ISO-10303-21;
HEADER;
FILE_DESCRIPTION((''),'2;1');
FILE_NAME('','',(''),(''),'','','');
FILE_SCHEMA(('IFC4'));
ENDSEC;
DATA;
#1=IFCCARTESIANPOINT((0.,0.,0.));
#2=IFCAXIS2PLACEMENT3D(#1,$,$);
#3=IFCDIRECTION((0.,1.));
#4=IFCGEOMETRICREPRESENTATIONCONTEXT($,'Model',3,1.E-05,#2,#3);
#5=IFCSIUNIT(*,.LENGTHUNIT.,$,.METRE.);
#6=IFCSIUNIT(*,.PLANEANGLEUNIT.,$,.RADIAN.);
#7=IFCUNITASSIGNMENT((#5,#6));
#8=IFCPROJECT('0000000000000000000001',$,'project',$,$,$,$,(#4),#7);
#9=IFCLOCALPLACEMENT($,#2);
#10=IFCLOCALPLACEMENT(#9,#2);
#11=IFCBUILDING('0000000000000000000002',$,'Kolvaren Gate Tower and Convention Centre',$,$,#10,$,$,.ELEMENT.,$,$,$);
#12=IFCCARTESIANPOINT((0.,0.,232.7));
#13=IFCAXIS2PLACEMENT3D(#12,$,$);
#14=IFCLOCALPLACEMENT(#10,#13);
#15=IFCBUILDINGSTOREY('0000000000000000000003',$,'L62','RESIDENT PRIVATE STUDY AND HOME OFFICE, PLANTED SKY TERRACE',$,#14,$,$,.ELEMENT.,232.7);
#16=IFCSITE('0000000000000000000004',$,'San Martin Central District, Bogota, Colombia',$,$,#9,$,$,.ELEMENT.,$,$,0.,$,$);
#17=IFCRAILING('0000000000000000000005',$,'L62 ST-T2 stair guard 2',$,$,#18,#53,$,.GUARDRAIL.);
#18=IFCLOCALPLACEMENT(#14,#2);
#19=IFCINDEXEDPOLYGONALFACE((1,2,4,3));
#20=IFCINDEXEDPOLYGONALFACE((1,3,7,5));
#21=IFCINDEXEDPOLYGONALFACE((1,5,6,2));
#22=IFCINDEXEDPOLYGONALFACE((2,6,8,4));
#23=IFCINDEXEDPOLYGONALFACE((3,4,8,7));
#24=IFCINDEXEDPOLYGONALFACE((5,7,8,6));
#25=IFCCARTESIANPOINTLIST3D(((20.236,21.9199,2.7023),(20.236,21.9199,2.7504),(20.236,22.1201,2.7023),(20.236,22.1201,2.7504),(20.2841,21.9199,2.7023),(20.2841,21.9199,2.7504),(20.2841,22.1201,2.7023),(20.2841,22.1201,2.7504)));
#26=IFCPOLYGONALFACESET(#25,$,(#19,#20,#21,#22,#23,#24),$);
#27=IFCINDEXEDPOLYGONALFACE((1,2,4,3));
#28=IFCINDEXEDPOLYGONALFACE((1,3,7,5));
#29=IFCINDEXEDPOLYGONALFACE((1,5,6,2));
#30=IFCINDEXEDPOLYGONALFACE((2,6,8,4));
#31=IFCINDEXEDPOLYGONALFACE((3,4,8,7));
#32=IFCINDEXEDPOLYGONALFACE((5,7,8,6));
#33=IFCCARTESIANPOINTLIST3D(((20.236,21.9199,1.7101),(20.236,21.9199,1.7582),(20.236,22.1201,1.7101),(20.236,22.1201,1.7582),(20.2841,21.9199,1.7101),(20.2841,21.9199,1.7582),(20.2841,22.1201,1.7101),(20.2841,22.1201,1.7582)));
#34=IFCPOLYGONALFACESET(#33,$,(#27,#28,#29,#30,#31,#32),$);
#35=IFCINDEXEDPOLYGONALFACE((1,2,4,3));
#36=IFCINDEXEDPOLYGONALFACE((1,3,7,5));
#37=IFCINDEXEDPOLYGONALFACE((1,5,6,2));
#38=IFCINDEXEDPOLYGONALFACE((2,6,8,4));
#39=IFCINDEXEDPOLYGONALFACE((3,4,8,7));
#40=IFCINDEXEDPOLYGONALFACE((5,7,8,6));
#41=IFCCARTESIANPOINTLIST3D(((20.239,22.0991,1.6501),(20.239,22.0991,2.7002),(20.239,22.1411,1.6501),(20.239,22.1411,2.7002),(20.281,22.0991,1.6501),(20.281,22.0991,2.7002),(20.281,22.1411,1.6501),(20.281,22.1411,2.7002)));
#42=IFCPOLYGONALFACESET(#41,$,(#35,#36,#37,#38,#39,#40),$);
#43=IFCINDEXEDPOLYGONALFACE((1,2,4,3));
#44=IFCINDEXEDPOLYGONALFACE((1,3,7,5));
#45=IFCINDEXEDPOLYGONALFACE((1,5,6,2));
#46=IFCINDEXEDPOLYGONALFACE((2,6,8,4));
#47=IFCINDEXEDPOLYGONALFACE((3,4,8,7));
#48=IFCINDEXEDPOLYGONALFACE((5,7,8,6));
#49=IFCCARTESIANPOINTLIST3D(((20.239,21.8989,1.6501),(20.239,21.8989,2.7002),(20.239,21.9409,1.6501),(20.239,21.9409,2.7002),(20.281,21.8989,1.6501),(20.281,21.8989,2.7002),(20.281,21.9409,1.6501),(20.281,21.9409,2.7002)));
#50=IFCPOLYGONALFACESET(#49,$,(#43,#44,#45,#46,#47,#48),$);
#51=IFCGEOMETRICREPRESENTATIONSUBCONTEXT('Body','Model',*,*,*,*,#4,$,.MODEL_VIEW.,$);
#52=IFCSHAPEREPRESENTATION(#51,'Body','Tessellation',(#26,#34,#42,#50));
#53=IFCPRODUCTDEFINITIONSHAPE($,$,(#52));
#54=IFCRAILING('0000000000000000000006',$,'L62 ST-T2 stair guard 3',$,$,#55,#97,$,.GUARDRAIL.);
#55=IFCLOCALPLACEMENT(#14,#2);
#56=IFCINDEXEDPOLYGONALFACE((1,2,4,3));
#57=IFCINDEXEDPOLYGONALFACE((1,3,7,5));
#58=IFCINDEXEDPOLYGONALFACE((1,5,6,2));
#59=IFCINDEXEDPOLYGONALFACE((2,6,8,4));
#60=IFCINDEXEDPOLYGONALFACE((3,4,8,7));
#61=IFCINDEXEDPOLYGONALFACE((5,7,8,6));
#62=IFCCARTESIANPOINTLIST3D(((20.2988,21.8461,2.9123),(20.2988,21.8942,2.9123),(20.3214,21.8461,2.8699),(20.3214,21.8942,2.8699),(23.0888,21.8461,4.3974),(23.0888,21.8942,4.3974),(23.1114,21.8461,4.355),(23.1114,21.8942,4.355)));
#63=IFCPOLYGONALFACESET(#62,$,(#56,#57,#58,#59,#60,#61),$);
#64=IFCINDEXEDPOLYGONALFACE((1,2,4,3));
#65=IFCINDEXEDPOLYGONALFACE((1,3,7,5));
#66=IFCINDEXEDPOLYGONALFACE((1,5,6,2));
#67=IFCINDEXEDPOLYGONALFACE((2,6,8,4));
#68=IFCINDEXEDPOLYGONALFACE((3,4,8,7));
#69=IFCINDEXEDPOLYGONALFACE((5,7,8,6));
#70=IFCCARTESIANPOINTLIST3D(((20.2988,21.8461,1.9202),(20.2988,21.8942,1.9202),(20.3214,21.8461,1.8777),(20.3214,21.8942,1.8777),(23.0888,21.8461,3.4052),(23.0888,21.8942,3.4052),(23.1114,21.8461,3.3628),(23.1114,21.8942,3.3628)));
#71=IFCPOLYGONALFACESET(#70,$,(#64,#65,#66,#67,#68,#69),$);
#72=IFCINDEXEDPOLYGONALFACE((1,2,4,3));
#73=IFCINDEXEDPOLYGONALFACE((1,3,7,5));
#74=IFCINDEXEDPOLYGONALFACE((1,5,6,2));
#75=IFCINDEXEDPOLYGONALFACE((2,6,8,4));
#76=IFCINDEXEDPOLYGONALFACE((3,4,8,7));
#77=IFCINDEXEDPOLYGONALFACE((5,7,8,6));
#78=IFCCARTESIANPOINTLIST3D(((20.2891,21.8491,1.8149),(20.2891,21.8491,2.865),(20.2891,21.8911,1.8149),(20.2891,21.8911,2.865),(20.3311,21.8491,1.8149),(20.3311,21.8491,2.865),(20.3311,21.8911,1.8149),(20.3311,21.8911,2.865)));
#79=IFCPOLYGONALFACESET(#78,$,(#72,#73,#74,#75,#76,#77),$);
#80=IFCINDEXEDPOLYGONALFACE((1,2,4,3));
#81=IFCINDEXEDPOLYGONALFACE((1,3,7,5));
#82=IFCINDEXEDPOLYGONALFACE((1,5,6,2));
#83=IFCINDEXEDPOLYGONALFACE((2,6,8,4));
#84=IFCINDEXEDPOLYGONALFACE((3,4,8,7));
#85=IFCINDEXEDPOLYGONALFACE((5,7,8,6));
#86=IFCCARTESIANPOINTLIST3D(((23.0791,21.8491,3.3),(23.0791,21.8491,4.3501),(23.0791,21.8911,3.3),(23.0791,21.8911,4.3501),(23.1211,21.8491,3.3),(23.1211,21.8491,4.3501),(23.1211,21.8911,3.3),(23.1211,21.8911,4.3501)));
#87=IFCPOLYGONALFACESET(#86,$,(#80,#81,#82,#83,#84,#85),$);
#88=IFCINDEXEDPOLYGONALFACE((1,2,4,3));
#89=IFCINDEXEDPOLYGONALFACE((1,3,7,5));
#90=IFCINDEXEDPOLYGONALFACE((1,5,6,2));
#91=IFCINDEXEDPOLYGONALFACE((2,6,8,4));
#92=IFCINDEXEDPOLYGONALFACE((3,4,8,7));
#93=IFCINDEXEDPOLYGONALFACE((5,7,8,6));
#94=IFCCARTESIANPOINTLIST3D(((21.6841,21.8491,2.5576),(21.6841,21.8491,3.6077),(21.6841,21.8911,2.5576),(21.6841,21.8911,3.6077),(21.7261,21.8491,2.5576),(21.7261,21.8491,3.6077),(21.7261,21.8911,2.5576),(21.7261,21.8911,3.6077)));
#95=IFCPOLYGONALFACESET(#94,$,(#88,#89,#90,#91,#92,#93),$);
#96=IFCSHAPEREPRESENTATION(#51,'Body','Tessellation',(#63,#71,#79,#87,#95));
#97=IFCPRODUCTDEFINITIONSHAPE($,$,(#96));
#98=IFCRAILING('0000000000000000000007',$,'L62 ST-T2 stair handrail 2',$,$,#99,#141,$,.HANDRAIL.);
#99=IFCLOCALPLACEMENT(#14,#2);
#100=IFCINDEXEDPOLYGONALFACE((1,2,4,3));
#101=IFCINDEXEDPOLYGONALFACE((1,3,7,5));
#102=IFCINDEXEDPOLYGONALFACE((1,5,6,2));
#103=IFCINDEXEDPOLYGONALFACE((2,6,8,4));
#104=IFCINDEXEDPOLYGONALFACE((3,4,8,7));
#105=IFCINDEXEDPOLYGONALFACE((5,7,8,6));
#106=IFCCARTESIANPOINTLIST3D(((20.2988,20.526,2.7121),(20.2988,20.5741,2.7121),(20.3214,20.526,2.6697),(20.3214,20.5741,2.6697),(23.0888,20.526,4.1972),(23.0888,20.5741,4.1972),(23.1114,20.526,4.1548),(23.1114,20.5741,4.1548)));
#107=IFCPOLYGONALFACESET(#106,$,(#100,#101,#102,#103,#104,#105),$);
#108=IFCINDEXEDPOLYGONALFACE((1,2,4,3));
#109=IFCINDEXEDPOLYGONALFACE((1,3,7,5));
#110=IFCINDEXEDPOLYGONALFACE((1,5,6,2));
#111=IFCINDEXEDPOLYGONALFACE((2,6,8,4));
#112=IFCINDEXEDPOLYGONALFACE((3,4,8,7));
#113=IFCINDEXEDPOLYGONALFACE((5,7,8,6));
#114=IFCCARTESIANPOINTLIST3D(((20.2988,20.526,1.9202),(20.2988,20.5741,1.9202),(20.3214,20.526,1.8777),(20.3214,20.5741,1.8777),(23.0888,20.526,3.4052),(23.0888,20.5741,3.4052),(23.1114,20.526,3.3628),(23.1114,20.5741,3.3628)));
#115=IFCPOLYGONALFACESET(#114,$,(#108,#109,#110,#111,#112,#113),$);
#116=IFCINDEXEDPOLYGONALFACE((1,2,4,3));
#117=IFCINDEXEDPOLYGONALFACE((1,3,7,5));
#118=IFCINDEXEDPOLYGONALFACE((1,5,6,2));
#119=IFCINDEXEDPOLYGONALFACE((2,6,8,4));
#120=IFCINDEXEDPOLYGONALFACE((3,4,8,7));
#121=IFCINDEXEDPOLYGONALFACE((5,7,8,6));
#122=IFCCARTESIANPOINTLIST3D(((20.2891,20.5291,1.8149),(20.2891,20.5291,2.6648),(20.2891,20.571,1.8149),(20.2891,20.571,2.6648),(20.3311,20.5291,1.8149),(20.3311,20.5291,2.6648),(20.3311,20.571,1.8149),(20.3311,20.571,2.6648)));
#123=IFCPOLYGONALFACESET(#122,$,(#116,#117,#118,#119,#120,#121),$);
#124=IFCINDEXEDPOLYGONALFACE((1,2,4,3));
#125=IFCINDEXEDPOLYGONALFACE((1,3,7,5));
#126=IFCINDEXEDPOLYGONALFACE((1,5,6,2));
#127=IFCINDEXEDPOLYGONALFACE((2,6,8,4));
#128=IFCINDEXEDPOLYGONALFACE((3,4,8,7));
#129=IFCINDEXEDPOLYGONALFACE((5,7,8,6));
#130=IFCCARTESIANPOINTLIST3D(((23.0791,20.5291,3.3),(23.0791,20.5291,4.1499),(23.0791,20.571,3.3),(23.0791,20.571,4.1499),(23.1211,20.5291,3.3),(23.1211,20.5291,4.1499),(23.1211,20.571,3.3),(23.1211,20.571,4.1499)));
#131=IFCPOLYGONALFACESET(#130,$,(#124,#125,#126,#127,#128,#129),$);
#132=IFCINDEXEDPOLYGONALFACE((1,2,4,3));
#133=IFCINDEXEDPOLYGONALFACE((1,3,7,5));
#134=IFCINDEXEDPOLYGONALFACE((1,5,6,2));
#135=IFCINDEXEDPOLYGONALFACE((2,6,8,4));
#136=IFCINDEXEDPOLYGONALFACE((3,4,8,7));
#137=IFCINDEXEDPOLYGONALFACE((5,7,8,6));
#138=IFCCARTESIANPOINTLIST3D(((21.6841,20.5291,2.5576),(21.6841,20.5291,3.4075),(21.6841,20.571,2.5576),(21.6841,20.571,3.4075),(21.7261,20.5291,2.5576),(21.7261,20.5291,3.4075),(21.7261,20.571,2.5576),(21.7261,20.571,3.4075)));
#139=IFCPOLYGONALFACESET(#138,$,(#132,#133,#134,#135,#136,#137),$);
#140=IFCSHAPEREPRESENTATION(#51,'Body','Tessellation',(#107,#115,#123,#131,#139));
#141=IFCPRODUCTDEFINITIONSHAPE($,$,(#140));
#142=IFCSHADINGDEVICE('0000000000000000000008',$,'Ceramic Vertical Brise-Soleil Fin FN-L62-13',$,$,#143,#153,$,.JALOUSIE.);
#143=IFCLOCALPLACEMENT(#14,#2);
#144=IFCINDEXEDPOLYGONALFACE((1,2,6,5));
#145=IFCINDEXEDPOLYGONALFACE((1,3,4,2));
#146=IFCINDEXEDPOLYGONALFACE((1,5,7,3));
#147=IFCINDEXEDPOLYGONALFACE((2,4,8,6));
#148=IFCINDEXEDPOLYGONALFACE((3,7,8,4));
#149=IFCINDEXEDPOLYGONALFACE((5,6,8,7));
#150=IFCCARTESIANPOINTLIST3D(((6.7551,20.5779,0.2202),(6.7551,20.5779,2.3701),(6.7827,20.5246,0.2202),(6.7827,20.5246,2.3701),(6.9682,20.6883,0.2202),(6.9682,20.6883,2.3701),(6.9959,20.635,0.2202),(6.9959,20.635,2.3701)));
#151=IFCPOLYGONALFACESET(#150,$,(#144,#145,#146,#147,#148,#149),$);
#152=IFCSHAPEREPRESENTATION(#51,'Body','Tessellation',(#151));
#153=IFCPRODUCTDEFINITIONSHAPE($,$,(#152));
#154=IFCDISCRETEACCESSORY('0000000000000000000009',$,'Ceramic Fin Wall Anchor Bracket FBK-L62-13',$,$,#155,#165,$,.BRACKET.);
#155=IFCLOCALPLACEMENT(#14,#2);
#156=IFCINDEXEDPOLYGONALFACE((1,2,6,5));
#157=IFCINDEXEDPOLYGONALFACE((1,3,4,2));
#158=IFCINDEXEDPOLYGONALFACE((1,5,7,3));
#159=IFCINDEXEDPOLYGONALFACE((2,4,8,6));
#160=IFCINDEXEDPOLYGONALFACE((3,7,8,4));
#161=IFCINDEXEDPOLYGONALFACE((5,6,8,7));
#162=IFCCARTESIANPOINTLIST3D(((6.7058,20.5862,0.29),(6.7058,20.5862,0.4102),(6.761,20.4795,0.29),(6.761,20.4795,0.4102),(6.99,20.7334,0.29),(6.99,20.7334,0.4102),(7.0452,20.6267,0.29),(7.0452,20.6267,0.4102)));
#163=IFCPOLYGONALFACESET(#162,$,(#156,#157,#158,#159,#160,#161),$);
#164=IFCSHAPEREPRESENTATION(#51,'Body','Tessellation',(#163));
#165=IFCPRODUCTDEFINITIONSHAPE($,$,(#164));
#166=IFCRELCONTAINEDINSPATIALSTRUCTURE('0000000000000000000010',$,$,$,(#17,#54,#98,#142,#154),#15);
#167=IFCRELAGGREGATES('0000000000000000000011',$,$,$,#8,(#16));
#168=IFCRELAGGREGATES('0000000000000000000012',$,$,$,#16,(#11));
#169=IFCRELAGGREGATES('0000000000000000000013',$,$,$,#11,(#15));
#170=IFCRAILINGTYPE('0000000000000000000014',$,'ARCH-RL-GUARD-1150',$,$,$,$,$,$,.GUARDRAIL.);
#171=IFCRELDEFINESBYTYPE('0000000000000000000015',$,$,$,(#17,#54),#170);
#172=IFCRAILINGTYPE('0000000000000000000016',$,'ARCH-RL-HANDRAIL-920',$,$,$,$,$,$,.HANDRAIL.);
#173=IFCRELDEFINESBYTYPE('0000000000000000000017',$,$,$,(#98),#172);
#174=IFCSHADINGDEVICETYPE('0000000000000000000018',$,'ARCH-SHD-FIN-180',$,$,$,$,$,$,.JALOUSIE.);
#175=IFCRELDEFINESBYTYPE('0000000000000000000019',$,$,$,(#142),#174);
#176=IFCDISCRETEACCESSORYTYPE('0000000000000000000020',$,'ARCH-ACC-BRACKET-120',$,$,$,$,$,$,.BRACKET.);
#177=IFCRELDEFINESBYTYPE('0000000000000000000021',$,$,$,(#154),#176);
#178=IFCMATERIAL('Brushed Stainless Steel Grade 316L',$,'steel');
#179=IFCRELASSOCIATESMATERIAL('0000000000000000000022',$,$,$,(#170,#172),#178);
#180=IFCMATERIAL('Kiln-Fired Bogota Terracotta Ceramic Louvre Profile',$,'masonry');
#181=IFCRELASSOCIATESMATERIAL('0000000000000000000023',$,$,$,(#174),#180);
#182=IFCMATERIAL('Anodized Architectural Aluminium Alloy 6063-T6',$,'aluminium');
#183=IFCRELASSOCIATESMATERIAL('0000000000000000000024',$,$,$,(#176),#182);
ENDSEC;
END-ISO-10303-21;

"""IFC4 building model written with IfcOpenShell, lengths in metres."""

from ifc_helpers import new_model, si_unit, direction, frame, origin, origin_2d, place, context, subcontext, project, spatial, rectangle, extrude, material, type_object, element, save


model = new_model("IFC4")

# Units and contexts
model_context = context("Model", 3, precision=1e-05, world=origin(), true_north=direction((0.0, 1.0)))
body_context = subcontext(model_context, "Body", "Model", "MODEL_VIEW")
ifc_project = project(units=[si_unit("LENGTHUNIT", "METRE"), si_unit("PLANEANGLEUNIT", "RADIAN")], contexts=[model_context])

# Site, building, storey
site_placement = place(None, origin())
site = spatial("IfcSite", under=ifc_project, at=site_placement, Name="San Martin Central District, Bogota, Colombia", CompositionType="ELEMENT", RefElevation=0.0)
building_placement = place(site_placement, origin())
building = spatial("IfcBuilding", under=site, at=building_placement, Name="Kolvaren Gate Tower and Convention Centre", CompositionType="ELEMENT")
storey_placement = place(building_placement, frame((0.0, 0.0, 232.7)))
storey = spatial("IfcBuildingStorey", under=building, at=storey_placement, Name="L62", Description="RESIDENT PRIVATE STUDY AND HOME OFFICE, PLANTED SKY TERRACE", CompositionType="ELEMENT", Elevation=232.7)

# Shared definitions
ifc_material_1 = material(Name="Anodized Architectural Aluminium Alloy 6063-T6", Category="aluminium")

# Railings
ifc_material_2 = material(Name="Brushed Stainless Steel Grade 316L", Category="steel")
railing_type_1 = type_object("IfcRailingType", Name="ARCH-RL-GUARD-1150", PredefinedType="GUARDRAIL", material=ifc_material_2)
railing_1_placement = place(storey_placement, frame((20.26, 22.1201, 1.6501)))
element("IfcRailing", 1, at=railing_1_placement, inside=storey, type_object=railing_type_1, Name="L62 ST-T2 stair guard 2", PredefinedType="GUARDRAIL", context=body_context, shape_type="SweptSolid", body=[
    extrude(rectangle(XDim=0.0481, YDim=0.0481, at=origin_2d()), frame((0.0, 0.0, 1.0762), z_axis=(0.0, -1.0, 0.0), x_axis=(1.0, 0.0, 0.0)), (0.0, 0.0, 1.0), 0.2002),
    extrude(rectangle(XDim=0.0481, YDim=0.0481, at=origin_2d()), frame((0.0, 0.0, 0.084), z_axis=(0.0, -1.0, 0.0), x_axis=(1.0, 0.0, 0.0)), (0.0, 0.0, 1.0), 0.2002),
    extrude(rectangle(XDim=0.042, YDim=0.042, at=origin_2d()), origin(), (0.0, 0.0, 1.0), 1.05),
    extrude(rectangle(XDim=0.042, YDim=0.042, at=origin_2d()), frame((0.0, -0.2002, 0.0)), (0.0, 0.0, 1.0), 1.05),
])
railing_2_placement = place(storey_placement, frame((20.3101, 21.8701, 1.8149)))
element("IfcRailing", 2, at=railing_2_placement, inside=storey, type_object=railing_type_1, Name="L62 ST-T2 stair guard 3", PredefinedType="GUARDRAIL", context=body_context, shape_type="SweptSolid", body=[
    extrude(rectangle(XDim=0.0481, YDim=0.0481, at=origin_2d()), frame((0.0, 0.0, 1.0762), z_axis=(0.882735, 0.0, 0.46987), x_axis=(0.0, 1.0, 0.0)), (0.0, 0.0, 1.0), 3.1606),
    extrude(rectangle(XDim=0.0481, YDim=0.0481, at=origin_2d()), frame((0.0, 0.0, 0.084), z_axis=(0.882735, 0.0, 0.46987), x_axis=(0.0, 1.0, 0.0)), (0.0, 0.0, 1.0), 3.1606),
    extrude(rectangle(XDim=0.042, YDim=0.042, at=origin_2d()), origin(), (0.0, 0.0, 1.0), 1.05),
    extrude(rectangle(XDim=0.042, YDim=0.042, at=origin_2d()), frame((2.79, 0.0, 1.4851)), (0.0, 0.0, 1.0), 1.05),
    extrude(rectangle(XDim=0.042, YDim=0.042, at=origin_2d()), frame((1.395, 0.0, 0.7427)), (0.0, 0.0, 1.0), 1.05),
])
railing_type_2 = type_object("IfcRailingType", Name="ARCH-RL-HANDRAIL-920", PredefinedType="HANDRAIL", material=ifc_material_2)
railing_3_placement = place(storey_placement, frame((20.3101, 20.55, 1.8149)))
element("IfcRailing", 3, at=railing_3_placement, inside=storey, type_object=railing_type_2, Name="L62 ST-T2 stair handrail 2", PredefinedType="HANDRAIL", context=body_context, shape_type="SweptSolid", body=[
    extrude(rectangle(XDim=0.0481, YDim=0.0481, at=origin_2d()), frame((0.0, 0.0, 0.876), z_axis=(0.882735, 0.0, 0.46987), x_axis=(0.0, 1.0, 0.0)), (0.0, 0.0, 1.0), 3.1606),
    extrude(rectangle(XDim=0.0481, YDim=0.0481, at=origin_2d()), frame((0.0, 0.0, 0.084), z_axis=(0.882735, 0.0, 0.46987), x_axis=(0.0, 1.0, 0.0)), (0.0, 0.0, 1.0), 3.1606),
    extrude(rectangle(XDim=0.042, YDim=0.042, at=origin_2d()), origin(), (0.0, 0.0, 1.0), 0.8499),
    extrude(rectangle(XDim=0.042, YDim=0.042, at=origin_2d()), frame((2.79, 0.0, 1.4851)), (0.0, 0.0, 1.0), 0.8499),
    extrude(rectangle(XDim=0.042, YDim=0.042, at=origin_2d()), frame((1.395, 0.0, 0.7427)), (0.0, 0.0, 1.0), 0.8499),
])

# Shading device
ifc_material_3 = material(Name="Kiln-Fired Bogota Terracotta Ceramic Louvre Profile", Category="masonry")
shading_device_type = type_object("IfcShadingDeviceType", Name="ARCH-SHD-FIN-180", PredefinedType="JALOUSIE", material=ifc_material_3)
shading_device_placement = place(storey_placement, frame((6.8755, 20.6064, 0.2202), z_axis=(0.0, 0.0, 1.0), x_axis=(0.4598, -0.888023, 0.0)))
element("IfcShadingDevice", 4, at=shading_device_placement, inside=storey, type_object=shading_device_type, Name="Ceramic Vertical Brise-Soleil Fin FN-L62-13", PredefinedType="JALOUSIE", context=body_context, shape_type="SweptSolid", body=[
    extrude(rectangle(XDim=0.0601, YDim=0.24, at=origin_2d()), origin(), (0.0, 0.0, 1.0), 2.1499),
])

# Discrete accessory
discrete_accessory_type = type_object("IfcDiscreteAccessoryType", Name="ARCH-ACC-BRACKET-120", PredefinedType="BRACKET", material=ifc_material_1)
discrete_accessory_placement = place(storey_placement, frame((6.8755, 20.6064, 0.29), z_axis=(0.0, 0.0, 1.0), x_axis=(0.4598, -0.888023, 0.0)))
element("IfcDiscreteAccessory", 5, at=discrete_accessory_placement, inside=storey, type_object=discrete_accessory_type, Name="Ceramic Fin Wall Anchor Bracket FBK-L62-13", PredefinedType="BRACKET", context=body_context, shape_type="SweptSolid", body=[
    extrude(rectangle(XDim=0.1201, YDim=0.3201, at=origin_2d()), origin(), (0.0, 0.0, 1.0), 0.1201),
])

save(model, "model.ifc")
